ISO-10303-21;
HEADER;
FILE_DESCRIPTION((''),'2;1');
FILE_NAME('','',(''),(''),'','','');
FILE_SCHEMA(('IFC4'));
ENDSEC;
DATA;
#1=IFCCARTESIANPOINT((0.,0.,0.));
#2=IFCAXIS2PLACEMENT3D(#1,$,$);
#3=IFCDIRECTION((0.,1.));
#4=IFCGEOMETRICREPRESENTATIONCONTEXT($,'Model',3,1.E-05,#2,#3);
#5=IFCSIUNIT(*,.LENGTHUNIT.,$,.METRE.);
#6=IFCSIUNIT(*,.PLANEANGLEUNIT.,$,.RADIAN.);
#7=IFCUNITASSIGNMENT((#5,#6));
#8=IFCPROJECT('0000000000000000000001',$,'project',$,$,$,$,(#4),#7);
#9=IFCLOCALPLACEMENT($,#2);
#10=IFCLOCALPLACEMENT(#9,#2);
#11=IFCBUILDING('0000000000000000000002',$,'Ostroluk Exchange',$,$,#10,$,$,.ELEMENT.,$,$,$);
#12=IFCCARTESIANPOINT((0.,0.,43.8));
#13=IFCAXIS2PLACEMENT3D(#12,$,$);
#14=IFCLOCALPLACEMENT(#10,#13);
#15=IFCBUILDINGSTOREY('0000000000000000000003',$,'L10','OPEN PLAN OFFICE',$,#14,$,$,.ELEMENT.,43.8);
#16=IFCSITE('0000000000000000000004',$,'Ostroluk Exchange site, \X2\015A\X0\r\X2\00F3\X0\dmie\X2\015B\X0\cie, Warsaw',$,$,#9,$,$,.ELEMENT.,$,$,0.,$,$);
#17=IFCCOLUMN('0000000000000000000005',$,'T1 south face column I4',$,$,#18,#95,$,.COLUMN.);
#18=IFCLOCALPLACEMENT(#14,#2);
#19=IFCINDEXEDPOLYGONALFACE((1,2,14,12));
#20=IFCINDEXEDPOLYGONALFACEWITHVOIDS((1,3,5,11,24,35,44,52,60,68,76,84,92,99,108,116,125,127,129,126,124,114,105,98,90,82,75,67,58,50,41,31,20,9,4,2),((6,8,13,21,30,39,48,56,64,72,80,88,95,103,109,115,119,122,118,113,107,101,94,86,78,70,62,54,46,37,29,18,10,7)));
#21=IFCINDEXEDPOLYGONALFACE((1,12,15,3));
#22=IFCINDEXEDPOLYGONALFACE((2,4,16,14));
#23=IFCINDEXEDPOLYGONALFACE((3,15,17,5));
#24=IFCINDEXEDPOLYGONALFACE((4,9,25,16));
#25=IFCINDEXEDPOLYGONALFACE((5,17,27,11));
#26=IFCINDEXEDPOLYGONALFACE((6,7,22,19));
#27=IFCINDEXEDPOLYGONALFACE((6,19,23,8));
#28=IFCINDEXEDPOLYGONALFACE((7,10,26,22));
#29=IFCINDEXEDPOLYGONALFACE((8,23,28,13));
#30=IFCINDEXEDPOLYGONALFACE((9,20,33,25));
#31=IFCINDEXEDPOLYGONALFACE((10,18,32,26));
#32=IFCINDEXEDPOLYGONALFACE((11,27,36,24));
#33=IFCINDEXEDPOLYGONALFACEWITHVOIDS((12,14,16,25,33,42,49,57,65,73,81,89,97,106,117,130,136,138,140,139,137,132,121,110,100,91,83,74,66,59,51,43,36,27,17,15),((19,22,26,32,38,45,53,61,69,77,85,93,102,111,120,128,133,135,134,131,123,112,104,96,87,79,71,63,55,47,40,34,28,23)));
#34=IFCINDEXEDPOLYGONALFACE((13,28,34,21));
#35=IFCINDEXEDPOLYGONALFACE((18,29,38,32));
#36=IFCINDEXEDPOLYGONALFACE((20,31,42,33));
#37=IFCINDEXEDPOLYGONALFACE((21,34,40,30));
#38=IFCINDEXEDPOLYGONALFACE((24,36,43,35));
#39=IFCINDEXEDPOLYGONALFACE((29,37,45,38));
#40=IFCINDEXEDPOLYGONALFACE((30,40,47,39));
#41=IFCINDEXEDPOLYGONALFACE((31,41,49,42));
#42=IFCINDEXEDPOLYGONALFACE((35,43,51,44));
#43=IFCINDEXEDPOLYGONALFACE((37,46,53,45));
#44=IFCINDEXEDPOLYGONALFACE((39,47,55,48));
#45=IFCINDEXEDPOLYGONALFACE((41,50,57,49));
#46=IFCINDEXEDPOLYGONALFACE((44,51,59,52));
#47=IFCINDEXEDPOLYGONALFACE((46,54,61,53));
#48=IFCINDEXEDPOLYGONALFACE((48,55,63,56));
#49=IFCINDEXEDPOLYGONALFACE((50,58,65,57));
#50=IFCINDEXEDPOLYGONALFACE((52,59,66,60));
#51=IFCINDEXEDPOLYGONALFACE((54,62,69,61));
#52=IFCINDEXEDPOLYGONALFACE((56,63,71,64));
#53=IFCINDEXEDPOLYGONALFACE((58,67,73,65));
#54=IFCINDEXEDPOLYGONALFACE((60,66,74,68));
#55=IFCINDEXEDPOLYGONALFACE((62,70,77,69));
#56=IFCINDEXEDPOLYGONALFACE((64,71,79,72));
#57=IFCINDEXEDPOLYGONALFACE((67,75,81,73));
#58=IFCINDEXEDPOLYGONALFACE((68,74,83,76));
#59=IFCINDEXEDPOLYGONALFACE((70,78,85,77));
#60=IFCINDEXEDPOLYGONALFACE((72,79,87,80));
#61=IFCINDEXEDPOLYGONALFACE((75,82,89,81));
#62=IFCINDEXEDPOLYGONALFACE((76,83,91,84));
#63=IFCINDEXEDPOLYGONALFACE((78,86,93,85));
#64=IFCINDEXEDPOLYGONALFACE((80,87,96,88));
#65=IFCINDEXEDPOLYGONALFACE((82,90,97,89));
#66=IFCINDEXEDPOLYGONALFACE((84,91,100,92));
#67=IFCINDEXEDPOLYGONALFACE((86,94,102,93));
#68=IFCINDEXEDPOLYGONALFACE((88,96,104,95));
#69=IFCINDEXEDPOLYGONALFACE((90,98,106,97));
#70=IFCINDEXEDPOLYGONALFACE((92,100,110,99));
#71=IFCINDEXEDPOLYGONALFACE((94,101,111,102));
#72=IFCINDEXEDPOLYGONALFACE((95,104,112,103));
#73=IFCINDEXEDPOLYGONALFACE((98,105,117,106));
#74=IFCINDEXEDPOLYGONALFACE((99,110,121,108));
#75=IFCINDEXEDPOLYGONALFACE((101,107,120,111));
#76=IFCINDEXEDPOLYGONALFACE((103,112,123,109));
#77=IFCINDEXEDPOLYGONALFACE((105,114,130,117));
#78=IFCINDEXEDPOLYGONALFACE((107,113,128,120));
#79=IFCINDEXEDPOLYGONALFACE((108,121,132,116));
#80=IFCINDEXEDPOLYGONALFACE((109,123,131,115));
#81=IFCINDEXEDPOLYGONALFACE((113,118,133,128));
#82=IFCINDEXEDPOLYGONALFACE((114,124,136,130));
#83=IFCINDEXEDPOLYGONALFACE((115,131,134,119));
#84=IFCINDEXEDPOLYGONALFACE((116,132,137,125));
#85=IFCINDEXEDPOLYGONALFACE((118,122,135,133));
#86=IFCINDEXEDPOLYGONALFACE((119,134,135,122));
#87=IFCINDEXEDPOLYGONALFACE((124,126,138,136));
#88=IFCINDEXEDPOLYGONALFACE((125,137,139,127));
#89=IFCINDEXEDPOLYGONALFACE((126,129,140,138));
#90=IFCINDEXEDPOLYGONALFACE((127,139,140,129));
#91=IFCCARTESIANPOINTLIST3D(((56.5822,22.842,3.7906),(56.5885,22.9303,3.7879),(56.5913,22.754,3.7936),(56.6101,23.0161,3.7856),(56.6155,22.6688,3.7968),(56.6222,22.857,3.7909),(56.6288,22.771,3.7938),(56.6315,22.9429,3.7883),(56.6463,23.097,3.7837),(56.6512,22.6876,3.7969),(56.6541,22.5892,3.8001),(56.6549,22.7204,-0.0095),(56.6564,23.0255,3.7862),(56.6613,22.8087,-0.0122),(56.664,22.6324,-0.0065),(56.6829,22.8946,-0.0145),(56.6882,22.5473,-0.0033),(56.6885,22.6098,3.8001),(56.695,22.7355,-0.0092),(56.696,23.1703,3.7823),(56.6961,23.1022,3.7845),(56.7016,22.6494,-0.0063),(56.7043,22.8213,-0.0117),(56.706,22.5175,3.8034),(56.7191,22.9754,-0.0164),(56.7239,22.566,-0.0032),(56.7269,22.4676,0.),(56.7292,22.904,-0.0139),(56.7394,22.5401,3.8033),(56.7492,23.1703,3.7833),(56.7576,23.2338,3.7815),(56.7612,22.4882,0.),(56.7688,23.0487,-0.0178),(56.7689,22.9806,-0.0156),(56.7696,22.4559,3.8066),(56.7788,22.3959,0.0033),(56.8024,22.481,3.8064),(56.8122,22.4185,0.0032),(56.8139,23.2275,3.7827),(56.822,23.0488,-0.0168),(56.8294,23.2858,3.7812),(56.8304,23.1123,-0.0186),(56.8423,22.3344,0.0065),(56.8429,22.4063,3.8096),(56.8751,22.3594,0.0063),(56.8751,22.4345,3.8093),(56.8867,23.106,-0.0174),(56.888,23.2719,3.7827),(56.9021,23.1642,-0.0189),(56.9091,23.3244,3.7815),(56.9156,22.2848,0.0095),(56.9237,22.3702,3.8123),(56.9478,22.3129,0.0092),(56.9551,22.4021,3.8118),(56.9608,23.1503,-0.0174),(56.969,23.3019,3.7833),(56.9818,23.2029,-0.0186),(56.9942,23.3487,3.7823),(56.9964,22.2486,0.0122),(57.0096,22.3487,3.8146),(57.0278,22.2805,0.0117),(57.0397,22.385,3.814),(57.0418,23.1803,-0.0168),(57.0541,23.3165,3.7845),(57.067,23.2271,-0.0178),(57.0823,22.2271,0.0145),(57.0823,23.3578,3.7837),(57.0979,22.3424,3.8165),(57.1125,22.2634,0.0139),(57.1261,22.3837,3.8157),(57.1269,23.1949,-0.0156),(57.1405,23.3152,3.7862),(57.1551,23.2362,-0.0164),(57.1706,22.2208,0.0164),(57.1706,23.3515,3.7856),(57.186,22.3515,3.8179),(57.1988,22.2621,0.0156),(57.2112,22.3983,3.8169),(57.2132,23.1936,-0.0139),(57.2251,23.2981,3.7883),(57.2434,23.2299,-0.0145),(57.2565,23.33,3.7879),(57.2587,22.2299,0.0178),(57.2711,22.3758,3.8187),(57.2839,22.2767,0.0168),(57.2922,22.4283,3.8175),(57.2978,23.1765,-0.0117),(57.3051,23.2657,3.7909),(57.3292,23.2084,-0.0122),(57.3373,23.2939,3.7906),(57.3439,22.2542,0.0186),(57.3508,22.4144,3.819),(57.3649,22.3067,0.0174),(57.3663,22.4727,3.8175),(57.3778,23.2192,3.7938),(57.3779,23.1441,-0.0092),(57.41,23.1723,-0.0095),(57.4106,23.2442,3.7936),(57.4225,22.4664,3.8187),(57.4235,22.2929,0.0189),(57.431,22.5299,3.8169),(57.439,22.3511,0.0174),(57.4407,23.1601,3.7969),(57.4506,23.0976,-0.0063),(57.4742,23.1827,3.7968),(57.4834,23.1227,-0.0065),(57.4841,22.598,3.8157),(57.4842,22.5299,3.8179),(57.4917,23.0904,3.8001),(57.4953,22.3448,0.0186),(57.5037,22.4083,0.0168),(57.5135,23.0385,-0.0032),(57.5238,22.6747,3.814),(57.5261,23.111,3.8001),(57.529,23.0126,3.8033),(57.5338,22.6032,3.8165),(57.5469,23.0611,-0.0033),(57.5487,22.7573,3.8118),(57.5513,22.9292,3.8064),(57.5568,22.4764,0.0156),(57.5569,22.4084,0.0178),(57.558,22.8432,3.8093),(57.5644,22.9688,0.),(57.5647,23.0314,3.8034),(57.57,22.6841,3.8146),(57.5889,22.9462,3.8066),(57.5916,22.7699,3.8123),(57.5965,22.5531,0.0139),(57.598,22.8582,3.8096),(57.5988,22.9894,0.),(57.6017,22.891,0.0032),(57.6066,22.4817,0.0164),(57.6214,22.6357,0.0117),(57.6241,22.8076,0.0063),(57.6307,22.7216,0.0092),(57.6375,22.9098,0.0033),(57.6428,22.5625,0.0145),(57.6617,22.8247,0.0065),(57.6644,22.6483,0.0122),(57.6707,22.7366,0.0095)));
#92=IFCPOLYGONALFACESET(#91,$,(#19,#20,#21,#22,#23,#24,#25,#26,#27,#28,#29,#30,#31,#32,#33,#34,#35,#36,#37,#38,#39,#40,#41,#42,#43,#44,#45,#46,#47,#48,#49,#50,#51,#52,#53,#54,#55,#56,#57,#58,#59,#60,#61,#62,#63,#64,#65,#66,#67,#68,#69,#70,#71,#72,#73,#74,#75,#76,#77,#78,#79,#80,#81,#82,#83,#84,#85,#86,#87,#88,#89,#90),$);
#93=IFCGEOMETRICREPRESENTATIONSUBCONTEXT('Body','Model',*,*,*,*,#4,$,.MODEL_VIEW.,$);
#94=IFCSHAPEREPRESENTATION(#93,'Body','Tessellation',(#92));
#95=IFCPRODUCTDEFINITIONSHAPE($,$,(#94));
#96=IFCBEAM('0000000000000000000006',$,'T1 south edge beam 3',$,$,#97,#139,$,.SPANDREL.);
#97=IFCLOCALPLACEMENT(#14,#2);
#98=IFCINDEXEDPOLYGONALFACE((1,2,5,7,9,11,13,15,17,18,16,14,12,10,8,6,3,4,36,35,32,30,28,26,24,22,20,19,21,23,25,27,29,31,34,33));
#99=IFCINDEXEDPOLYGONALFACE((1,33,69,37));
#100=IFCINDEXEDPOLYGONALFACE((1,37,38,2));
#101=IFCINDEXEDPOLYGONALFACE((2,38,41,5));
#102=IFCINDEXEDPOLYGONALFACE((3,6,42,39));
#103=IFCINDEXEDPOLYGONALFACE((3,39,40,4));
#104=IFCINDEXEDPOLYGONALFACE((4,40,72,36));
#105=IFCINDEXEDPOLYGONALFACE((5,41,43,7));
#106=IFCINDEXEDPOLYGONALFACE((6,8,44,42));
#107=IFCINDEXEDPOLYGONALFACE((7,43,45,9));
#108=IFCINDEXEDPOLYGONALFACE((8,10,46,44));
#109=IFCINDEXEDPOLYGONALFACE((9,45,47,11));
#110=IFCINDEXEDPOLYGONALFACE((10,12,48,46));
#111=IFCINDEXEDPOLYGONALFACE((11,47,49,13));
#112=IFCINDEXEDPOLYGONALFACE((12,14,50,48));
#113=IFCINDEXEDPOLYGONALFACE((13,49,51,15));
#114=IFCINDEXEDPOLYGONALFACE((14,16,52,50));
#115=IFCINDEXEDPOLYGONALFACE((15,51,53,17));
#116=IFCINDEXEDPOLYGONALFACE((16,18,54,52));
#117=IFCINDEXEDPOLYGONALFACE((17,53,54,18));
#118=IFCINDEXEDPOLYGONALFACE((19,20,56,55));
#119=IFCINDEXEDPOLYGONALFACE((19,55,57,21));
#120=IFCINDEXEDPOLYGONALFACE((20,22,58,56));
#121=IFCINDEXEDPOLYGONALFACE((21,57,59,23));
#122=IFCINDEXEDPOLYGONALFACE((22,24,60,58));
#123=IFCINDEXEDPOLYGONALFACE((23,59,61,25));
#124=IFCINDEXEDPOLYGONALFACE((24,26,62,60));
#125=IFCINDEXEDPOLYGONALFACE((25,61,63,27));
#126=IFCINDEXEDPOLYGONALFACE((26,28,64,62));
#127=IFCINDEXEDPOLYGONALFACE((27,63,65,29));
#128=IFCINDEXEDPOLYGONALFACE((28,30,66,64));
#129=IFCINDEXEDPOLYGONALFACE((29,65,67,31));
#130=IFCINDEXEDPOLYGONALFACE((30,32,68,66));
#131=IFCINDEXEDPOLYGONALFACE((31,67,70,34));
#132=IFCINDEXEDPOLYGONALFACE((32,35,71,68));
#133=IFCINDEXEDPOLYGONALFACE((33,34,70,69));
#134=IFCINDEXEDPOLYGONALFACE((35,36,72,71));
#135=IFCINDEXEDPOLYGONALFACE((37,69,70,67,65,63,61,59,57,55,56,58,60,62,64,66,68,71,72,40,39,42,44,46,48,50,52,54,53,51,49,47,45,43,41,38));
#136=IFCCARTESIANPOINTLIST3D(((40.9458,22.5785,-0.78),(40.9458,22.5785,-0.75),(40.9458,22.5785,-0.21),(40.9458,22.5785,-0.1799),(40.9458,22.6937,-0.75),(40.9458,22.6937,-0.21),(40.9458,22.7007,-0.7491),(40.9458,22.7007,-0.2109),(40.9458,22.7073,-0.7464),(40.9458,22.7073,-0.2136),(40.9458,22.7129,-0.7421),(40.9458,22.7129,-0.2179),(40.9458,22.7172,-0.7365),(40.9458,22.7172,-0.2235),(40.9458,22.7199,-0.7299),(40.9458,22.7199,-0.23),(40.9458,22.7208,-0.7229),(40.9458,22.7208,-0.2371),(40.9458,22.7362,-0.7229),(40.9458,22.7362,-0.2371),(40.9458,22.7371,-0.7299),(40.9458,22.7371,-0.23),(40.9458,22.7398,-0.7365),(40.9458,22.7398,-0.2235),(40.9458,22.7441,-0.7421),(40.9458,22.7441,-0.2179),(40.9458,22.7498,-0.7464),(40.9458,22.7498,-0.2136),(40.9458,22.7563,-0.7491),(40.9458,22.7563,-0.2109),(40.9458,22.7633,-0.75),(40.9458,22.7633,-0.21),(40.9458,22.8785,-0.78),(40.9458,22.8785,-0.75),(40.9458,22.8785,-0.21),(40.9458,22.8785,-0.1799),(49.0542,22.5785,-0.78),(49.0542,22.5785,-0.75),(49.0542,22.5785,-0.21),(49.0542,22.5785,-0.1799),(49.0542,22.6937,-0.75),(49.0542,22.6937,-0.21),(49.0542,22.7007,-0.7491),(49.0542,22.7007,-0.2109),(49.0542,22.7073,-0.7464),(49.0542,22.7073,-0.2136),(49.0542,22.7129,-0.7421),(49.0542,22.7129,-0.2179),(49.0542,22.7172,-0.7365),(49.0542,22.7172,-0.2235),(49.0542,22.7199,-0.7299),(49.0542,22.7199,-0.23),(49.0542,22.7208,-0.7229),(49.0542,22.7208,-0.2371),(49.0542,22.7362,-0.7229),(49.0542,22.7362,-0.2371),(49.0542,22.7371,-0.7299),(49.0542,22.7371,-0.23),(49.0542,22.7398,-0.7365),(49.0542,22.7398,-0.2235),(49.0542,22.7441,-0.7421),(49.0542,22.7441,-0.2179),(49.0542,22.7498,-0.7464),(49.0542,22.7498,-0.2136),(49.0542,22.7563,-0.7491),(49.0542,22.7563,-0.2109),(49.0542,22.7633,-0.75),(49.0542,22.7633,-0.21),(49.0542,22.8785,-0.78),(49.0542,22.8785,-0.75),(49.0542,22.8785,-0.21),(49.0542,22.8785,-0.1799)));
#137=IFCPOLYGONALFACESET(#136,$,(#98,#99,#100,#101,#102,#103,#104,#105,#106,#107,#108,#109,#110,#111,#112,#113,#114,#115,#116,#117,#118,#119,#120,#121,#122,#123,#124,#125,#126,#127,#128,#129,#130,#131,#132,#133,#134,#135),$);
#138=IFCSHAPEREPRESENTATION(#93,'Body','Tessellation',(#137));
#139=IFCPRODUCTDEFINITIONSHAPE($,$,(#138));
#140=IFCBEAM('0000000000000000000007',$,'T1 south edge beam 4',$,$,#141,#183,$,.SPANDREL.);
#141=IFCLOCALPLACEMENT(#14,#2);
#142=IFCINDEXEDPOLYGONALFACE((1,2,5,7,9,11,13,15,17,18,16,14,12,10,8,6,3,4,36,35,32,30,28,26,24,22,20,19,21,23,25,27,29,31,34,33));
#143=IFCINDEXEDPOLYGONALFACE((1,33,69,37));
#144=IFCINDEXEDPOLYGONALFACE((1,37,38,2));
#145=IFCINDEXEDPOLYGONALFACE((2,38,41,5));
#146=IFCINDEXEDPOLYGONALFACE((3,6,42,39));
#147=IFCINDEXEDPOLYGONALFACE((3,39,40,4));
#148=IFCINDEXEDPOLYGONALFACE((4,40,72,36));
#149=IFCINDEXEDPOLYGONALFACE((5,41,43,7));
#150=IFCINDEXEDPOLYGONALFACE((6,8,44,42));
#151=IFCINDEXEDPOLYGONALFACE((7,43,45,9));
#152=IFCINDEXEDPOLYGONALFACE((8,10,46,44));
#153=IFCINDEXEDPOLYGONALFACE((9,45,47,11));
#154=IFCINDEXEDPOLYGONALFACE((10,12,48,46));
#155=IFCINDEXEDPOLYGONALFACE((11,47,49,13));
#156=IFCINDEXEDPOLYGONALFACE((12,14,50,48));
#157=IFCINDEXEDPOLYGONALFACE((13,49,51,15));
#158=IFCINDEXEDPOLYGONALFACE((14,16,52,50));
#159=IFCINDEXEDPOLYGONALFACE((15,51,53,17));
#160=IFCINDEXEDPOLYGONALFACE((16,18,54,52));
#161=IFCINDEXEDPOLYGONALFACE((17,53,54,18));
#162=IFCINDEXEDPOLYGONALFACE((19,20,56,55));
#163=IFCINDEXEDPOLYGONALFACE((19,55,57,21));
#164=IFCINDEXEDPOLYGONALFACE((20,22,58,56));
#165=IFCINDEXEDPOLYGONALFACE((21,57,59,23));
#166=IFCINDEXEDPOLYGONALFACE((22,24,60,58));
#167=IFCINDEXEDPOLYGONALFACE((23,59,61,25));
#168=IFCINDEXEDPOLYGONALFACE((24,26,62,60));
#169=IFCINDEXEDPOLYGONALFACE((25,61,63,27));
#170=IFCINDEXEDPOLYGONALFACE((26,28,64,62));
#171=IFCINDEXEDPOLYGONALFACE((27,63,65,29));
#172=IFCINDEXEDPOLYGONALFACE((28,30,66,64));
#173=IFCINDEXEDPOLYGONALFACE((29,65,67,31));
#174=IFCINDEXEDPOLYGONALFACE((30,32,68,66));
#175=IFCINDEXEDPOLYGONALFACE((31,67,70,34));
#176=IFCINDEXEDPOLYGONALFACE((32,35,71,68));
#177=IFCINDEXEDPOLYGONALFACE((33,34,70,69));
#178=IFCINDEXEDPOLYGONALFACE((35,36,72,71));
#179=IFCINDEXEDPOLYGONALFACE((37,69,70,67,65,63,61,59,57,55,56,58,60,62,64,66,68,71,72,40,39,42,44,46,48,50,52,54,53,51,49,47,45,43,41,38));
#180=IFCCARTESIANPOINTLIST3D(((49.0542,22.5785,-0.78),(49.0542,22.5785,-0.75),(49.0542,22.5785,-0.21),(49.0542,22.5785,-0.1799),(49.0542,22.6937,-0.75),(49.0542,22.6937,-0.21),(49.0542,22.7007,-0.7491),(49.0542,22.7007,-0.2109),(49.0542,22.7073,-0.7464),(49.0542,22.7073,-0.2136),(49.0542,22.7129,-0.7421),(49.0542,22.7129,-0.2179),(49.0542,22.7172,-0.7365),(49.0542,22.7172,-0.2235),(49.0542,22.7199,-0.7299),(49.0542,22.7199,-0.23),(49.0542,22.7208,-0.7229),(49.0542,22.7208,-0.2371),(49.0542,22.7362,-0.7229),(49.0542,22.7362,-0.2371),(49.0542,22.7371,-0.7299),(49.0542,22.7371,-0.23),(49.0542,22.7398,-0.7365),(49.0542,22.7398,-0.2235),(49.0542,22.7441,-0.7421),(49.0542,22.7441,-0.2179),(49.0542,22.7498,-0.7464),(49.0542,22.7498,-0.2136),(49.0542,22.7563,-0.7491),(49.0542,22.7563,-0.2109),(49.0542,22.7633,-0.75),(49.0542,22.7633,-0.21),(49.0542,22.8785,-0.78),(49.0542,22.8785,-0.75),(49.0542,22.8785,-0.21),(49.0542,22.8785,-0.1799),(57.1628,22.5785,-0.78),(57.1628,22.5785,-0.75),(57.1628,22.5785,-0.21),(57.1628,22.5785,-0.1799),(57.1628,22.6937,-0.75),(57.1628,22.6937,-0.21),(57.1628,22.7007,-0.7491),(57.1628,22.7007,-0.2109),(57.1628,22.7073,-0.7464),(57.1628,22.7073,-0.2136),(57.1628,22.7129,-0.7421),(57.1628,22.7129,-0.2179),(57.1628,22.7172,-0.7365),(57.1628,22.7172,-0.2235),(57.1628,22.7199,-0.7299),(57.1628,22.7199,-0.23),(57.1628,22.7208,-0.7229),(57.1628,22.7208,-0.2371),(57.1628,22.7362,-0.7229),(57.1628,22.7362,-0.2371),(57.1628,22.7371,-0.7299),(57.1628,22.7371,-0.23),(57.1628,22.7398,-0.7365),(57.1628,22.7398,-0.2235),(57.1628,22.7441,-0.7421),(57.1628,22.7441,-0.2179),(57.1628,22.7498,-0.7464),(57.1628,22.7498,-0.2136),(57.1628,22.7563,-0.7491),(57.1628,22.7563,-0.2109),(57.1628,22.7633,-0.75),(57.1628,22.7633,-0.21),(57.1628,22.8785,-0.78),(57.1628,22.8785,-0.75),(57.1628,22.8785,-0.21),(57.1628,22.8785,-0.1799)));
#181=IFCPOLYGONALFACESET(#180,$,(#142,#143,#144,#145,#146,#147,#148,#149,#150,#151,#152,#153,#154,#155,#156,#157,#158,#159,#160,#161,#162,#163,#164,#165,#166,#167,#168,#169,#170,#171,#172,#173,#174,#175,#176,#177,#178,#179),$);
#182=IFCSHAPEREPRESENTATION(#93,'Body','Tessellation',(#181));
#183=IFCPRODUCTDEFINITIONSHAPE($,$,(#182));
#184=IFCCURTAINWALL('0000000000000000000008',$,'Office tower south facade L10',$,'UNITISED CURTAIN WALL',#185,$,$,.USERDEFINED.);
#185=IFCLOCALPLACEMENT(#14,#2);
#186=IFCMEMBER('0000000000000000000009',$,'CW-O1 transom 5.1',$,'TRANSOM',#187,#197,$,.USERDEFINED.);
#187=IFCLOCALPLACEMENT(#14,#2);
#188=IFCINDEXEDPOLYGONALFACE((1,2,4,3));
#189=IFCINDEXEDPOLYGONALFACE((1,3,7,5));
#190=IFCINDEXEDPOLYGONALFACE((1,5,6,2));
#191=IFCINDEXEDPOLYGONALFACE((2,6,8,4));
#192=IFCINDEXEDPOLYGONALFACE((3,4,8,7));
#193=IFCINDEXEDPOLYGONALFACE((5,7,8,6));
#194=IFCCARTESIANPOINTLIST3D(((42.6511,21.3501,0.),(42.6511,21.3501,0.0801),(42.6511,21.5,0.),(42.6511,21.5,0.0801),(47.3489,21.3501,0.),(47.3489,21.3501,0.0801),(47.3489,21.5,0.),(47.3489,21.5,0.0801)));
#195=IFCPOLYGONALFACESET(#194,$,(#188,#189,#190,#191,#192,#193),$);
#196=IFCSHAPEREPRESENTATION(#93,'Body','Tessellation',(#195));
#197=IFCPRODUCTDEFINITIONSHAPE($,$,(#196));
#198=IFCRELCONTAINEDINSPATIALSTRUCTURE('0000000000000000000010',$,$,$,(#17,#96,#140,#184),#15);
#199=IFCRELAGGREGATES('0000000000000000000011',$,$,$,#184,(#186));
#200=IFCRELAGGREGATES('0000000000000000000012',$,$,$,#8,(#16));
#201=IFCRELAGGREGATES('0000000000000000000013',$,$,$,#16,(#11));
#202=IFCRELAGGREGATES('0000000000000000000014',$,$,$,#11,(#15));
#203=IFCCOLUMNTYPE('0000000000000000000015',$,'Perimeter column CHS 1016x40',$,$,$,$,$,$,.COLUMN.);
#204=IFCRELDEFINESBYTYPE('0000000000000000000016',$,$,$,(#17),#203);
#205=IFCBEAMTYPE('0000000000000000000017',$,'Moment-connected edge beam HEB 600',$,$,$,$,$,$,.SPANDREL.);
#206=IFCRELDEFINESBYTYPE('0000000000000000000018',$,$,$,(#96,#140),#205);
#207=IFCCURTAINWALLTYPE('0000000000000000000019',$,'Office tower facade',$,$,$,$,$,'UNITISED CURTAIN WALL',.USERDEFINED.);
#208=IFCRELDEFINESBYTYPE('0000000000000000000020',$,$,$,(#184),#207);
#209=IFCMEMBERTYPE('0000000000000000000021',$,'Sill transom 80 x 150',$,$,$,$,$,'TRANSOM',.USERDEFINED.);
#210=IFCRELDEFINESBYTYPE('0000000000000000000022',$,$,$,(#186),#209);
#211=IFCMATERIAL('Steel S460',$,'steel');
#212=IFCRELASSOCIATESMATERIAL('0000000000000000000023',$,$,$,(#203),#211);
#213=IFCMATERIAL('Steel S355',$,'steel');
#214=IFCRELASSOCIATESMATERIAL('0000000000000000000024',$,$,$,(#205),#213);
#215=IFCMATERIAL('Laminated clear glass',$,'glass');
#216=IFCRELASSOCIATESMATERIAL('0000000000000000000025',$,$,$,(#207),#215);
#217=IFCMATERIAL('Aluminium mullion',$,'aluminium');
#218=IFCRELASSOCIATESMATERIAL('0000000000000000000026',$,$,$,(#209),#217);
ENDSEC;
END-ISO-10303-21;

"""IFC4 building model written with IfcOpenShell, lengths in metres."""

from ifc_helpers import new_model, si_unit, direction, frame, origin, origin_2d, place, context, subcontext, project, spatial, rectangle, hollow_circle, i_section, extrude, material, material_profile, profile_set, type_object, element, aggregate, save


model = new_model("IFC4")

# Units and contexts
model_context = context("Model", 3, precision=1e-05, world=origin(), true_north=direction((0.0, 1.0)))
body_context = subcontext(model_context, "Body", "Model", "MODEL_VIEW")
ifc_project = project(units=[si_unit("LENGTHUNIT", "METRE"), si_unit("PLANEANGLEUNIT", "RADIAN")], contexts=[model_context])

# Site, building, storey
site_placement = place(None, origin())
site = spatial("IfcSite", under=ifc_project, at=site_placement, Name="Ostroluk Exchange site, Śródmieście, Warsaw", CompositionType="ELEMENT", RefElevation=0.0)
building_placement = place(site_placement, origin())
building = spatial("IfcBuilding", under=site, at=building_placement, Name="Ostroluk Exchange", CompositionType="ELEMENT")
storey_placement = place(building_placement, frame((0.0, 0.0, 43.8)))
storey = spatial("IfcBuildingStorey", under=building, at=storey_placement, Name="L10", Description="OPEN PLAN OFFICE", CompositionType="ELEMENT", Elevation=43.8)

# Column
ifc_material_1 = material(Name="Steel S460", Category="steel")
ifc_material_profile_1 = material_profile(ifc_material_1, hollow_circle(Radius=0.5081, WallThickness=0.04, at=origin_2d()), Name="CHS 1016x40")
ifc_profile_set_1 = profile_set([ifc_material_profile_1], Name="Steel S460")
column_type = type_object("IfcColumnType", Name="Perimeter column CHS 1016x40", PredefinedType="COLUMN", material=ifc_profile_set_1)
column_placement = place(storey_placement, frame((57.1628, 22.7285, 0.0), z_axis=(-0.019132, 0.031973, 0.999306), x_axis=(-0.8581, -0.513482, 0.0)))
element("IfcColumn", 1, at=column_placement, inside=storey, type_object=column_type, Name="T1 south face column I4", PredefinedType="COLUMN", context=body_context, shape_type="SweptSolid", body=[
    extrude(hollow_circle(Radius=0.5081, WallThickness=0.04, at=origin_2d()), origin(), (0.0, 0.0, 1.0), 3.8027),
])

# Beams
ifc_material_2 = material(Name="Steel S355", Category="steel")
ifc_material_profile_2 = material_profile(ifc_material_2, i_section(OverallWidth=0.3, OverallDepth=0.6001, WebThickness=0.0154, FlangeThickness=0.03, FilletRadius=0.0271, at=origin_2d()), Name="HEB 600")
ifc_profile_set_2 = profile_set([ifc_material_profile_2], Name="Steel S355")
beam_type = type_object("IfcBeamType", Name="Moment-connected edge beam HEB 600", PredefinedType="SPANDREL", material=ifc_profile_set_2)
beam_1_placement = place(storey_placement, frame((40.9458, 22.7285, -0.48), z_axis=(1.0, 0.0, 0.0), x_axis=(0.0, 1.0, 0.0)))
element("IfcBeam", 2, at=beam_1_placement, inside=storey, type_object=beam_type, Name="T1 south edge beam 3", PredefinedType="SPANDREL", context=body_context, shape_type="SweptSolid", body=[
    extrude(i_section(OverallWidth=0.3, OverallDepth=0.6001, WebThickness=0.0154, FlangeThickness=0.03, FilletRadius=0.0271, at=origin_2d()), origin(), (0.0, 0.0, 1.0), 8.1084),
])
beam_2_placement = place(storey_placement, frame((49.0542, 22.7285, -0.48), z_axis=(1.0, 0.0, 0.0), x_axis=(0.0, 1.0, 0.0)))
element("IfcBeam", 3, at=beam_2_placement, inside=storey, type_object=beam_type, Name="T1 south edge beam 4", PredefinedType="SPANDREL", context=body_context, shape_type="SweptSolid", body=[
    extrude(i_section(OverallWidth=0.3, OverallDepth=0.6001, WebThickness=0.0154, FlangeThickness=0.03, FilletRadius=0.0271, at=origin_2d()), origin(), (0.0, 0.0, 1.0), 8.1086),
])

# Curtain wall, member
ifc_material_3 = material(Name="Laminated clear glass", Category="glass")
curtain_wall_type = type_object("IfcCurtainWallType", Name="Office tower facade", ElementType="UNITISED CURTAIN WALL", PredefinedType="USERDEFINED", material=ifc_material_3)
curtain_wall_placement = place(storey_placement, origin())
curtain_wall = element("IfcCurtainWall", 4, at=curtain_wall_placement, inside=storey, type_object=curtain_wall_type, Name="Office tower south facade L10", ObjectType="UNITISED CURTAIN WALL", PredefinedType="USERDEFINED")
ifc_material_4 = material(Name="Aluminium mullion", Category="aluminium")
ifc_material_profile_3 = material_profile(ifc_material_4, rectangle(XDim=0.1499, YDim=0.0801, at=origin_2d()), Name="Sill transom 80 x 150")
ifc_profile_set_3 = profile_set([ifc_material_profile_3], Name="Aluminium mullion")
member_type_1 = type_object("IfcMemberType", Name="Sill transom 80 x 150", ElementType="TRANSOM", PredefinedType="USERDEFINED", material=ifc_profile_set_3)
member_1_placement = place(storey_placement, frame((42.6511, 21.425, 0.04), z_axis=(1.0, 0.0, 0.0), x_axis=(0.0, 1.0, 0.0)))
member_1 = element("IfcMember", 5, at=member_1_placement, type_object=member_type_1, Name="CW-O1 transom 5.1", ObjectType="TRANSOM", PredefinedType="USERDEFINED", context=body_context, shape_type="SweptSolid", body=[
    extrude(rectangle(XDim=0.1499, YDim=0.0801, at=origin_2d()), origin(), (0.0, 0.0, 1.0), 4.6978),
])
aggregate(curtain_wall, [member_1])

save(model, "model.ifc")
